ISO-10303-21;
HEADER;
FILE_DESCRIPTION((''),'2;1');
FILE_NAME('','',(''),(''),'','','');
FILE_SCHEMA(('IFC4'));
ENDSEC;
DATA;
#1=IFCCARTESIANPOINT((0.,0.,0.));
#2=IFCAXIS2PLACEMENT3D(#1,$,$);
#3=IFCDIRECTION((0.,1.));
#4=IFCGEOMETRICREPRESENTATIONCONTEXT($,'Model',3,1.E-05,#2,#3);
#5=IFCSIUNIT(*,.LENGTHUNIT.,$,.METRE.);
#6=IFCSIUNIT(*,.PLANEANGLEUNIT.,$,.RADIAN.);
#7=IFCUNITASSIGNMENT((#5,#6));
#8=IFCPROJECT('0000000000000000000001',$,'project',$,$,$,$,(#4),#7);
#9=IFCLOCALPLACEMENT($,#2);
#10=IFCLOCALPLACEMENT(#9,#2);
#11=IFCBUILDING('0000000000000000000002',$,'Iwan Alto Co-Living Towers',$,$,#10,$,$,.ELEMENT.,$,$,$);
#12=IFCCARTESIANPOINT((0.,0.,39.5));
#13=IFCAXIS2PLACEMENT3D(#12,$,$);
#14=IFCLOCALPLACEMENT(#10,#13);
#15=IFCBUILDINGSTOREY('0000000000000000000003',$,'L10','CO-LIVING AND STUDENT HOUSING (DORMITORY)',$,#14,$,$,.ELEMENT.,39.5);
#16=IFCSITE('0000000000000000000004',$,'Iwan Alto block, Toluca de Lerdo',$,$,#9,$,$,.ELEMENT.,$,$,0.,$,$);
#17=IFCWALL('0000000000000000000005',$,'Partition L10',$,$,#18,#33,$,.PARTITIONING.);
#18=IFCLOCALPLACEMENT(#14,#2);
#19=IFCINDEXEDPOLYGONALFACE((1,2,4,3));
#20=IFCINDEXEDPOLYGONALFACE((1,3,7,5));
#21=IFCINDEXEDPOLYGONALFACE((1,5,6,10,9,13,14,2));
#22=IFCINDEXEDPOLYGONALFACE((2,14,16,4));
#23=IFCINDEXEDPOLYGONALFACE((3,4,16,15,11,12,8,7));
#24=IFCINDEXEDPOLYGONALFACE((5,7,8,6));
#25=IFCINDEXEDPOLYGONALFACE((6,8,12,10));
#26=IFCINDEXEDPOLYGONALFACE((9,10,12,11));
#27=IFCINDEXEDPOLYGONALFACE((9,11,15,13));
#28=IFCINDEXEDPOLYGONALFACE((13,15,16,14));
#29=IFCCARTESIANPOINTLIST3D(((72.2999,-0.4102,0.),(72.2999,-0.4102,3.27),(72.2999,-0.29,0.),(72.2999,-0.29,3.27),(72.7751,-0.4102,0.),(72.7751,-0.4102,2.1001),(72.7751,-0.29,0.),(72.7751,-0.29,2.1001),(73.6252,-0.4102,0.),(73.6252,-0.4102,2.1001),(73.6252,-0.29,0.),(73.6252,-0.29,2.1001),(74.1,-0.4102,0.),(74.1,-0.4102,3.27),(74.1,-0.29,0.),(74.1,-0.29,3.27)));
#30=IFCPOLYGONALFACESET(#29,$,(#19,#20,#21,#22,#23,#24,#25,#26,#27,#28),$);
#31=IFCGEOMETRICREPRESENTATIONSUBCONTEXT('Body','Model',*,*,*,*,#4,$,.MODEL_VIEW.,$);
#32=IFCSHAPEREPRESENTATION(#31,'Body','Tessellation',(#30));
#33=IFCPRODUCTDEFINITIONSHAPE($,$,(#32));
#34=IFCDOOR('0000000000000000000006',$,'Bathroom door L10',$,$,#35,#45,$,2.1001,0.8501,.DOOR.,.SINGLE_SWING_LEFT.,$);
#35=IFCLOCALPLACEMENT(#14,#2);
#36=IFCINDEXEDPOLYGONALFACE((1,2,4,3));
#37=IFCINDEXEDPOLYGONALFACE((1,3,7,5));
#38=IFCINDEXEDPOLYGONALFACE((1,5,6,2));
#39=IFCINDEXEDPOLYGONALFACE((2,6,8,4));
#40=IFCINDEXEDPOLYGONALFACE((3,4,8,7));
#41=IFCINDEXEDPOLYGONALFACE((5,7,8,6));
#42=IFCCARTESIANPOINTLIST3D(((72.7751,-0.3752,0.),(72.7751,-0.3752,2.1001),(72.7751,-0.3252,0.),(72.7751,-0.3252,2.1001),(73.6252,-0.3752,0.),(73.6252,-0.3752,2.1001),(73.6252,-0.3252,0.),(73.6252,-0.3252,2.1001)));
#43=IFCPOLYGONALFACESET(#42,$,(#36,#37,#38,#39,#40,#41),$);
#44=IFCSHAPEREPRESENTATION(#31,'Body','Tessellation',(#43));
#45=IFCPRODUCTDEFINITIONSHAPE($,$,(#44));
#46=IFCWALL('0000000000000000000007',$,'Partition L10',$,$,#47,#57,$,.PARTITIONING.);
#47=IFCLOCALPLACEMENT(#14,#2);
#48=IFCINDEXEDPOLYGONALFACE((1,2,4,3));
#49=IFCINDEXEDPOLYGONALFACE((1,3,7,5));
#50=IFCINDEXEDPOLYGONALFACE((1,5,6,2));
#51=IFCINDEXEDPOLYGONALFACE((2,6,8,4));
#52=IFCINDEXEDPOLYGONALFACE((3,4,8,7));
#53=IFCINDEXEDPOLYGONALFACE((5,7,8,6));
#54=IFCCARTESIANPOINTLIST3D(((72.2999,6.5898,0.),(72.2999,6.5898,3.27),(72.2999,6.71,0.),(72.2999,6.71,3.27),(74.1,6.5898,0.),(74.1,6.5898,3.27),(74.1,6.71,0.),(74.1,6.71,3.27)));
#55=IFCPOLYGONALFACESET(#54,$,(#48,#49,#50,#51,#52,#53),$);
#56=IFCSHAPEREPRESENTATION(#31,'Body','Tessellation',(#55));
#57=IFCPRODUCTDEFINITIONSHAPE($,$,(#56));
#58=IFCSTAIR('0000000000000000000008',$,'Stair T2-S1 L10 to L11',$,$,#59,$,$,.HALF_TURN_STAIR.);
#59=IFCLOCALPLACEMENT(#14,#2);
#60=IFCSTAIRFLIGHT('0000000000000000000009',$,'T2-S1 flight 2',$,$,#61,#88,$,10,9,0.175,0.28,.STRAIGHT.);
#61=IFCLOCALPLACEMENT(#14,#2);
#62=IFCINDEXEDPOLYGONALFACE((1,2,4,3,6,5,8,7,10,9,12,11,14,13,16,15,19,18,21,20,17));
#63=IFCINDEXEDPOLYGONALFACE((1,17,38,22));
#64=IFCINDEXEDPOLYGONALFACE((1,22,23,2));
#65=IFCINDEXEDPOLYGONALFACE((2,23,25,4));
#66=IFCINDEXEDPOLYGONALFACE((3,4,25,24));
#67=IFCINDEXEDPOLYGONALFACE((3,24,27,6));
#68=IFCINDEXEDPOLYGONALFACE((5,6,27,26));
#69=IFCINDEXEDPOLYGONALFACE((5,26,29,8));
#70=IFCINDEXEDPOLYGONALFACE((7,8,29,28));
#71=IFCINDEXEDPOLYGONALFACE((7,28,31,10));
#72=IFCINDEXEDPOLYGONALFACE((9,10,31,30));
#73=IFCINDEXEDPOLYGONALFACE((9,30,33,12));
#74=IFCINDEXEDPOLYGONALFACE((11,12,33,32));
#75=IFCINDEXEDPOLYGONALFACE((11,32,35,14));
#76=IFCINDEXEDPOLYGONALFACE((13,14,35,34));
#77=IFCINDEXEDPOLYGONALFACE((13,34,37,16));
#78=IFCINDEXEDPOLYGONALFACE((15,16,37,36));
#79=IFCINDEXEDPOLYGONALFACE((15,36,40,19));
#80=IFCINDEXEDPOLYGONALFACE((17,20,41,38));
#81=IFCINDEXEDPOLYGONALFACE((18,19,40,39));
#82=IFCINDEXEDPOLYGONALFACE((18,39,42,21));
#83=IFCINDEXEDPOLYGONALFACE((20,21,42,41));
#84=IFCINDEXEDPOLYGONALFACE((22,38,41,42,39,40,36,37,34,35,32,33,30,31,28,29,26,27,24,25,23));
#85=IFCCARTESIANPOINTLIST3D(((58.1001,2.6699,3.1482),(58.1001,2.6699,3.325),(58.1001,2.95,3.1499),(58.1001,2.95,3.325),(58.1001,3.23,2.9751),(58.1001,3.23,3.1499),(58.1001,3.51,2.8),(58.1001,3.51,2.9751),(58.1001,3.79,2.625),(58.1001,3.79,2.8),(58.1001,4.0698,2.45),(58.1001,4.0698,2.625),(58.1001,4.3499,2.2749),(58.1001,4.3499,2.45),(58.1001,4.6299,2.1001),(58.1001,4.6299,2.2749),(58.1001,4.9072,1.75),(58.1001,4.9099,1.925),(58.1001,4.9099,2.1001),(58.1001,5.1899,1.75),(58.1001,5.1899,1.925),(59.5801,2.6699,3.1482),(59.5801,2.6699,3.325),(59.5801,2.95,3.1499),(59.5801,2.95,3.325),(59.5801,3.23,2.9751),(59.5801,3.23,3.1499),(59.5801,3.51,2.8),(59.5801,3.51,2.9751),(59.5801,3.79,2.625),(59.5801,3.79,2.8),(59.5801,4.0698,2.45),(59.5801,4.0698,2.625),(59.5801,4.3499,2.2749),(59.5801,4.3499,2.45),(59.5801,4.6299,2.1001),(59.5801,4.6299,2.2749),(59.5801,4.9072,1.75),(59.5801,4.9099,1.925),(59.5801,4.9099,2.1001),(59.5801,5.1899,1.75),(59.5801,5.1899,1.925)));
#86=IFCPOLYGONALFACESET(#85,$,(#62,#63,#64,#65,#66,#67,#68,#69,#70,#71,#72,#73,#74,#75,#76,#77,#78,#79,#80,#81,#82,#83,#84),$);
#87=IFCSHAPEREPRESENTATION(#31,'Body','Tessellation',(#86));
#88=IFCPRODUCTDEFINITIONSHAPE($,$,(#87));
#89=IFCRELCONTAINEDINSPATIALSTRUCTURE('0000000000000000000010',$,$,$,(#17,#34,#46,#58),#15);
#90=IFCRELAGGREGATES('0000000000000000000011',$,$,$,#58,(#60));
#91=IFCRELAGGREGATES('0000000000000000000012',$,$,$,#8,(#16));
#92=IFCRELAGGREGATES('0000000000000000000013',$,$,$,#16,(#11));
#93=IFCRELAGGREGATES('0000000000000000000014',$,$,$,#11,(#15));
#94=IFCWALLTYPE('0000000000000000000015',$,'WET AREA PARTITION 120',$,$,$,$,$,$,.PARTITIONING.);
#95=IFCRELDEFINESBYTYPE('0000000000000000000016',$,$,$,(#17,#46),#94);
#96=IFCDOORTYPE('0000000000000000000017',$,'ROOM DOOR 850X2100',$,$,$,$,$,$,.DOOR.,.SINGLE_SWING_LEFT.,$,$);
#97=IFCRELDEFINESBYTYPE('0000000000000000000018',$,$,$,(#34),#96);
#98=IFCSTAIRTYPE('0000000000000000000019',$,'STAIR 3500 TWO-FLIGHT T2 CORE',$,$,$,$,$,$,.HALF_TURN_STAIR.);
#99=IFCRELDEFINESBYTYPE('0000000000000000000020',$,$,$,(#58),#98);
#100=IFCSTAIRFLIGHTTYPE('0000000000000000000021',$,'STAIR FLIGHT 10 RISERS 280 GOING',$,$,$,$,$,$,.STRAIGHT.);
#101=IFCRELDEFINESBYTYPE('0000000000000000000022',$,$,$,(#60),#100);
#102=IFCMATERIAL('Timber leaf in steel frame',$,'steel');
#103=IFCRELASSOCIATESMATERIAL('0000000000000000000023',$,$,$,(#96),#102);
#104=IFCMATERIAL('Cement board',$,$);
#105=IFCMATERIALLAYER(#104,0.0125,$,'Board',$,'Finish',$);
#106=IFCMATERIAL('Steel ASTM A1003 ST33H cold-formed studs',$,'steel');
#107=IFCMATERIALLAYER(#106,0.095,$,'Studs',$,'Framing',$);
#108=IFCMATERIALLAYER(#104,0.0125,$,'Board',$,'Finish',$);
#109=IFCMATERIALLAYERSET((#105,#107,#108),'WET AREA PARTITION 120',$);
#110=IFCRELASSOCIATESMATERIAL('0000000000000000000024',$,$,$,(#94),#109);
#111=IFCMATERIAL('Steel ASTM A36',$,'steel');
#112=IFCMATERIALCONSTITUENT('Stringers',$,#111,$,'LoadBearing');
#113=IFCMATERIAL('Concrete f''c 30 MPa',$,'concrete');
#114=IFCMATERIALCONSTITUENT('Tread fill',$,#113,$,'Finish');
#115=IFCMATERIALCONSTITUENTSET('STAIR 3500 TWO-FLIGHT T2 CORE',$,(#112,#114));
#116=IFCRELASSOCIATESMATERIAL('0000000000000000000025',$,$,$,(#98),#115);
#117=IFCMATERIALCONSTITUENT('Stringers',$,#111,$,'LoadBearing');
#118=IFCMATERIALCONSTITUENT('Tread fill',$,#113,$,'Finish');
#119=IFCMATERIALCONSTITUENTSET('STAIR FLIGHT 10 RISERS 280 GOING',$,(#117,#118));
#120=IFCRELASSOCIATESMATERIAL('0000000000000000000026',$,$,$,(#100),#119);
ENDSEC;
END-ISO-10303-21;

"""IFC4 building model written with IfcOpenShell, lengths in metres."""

from ifc_helpers import new_model, si_unit, direction, frame, frame_2d, origin, place, context, subcontext, project, spatial, polyline, rectangle, outline, extrude, material, layer, layer_set, constituent, constituent_set, type_object, element, fill, aggregate, save


model = new_model("IFC4")

# Units and contexts
model_context = context("Model", 3, precision=1e-05, world=origin(), true_north=direction((0.0, 1.0)))
body_context = subcontext(model_context, "Body", "Model", "MODEL_VIEW")
ifc_project = project(units=[si_unit("LENGTHUNIT", "METRE"), si_unit("PLANEANGLEUNIT", "RADIAN")], contexts=[model_context])

# Site, building, storey
site_placement = place(None, origin())
site = spatial("IfcSite", under=ifc_project, at=site_placement, Name="Iwan Alto block, Toluca de Lerdo", CompositionType="ELEMENT", RefElevation=0.0)
building_placement = place(site_placement, origin())
building = spatial("IfcBuilding", under=site, at=building_placement, Name="Iwan Alto Co-Living Towers", CompositionType="ELEMENT")
storey_placement = place(building_placement, frame((0.0, 0.0, 39.5)))
storey = spatial("IfcBuildingStorey", under=building, at=storey_placement, Name="L10", Description="CO-LIVING AND STUDENT HOUSING (DORMITORY)", CompositionType="ELEMENT", Elevation=39.5)

# Shared definitions
ifc_material_1 = material(Name="Steel ASTM A1003 ST33H cold-formed studs", Category="steel")
ifc_material_2 = material(Name="Timber leaf in steel frame", Category="steel")
door_type_1 = type_object("IfcDoorType", Name="ROOM DOOR 850X2100", OperationType="SINGLE_SWING_LEFT", PredefinedType="DOOR", material=ifc_material_2)

# Wall, opening, door
ifc_material_3 = material(Name="Cement board")
ifc_layer_1 = layer(ifc_material_3, 0.0125, Name="Board", Category="Finish")
ifc_layer_2 = layer(ifc_material_1, 0.095, Name="Studs", Category="Framing")
ifc_layer_3 = layer(ifc_material_3, 0.0125, Name="Board", Category="Finish")
ifc_layer_set_1 = layer_set([ifc_layer_1, ifc_layer_2, ifc_layer_3], Name="WET AREA PARTITION 120")
wall_type_1 = type_object("IfcWallType", Name="WET AREA PARTITION 120", PredefinedType="PARTITIONING", material=ifc_layer_set_1)
wall_1_placement = place(storey_placement, frame((72.3, -0.3501, 0.0), z_axis=(0.0, 0.0, 1.0), x_axis=(1.0, 0.0, 0.0)))
wall_1 = element("IfcWall", 1, at=wall_1_placement, inside=storey, type_object=wall_type_1, Name="Partition L10", PredefinedType="PARTITIONING", context=body_context, shape_type="SweptSolid", body=[
    extrude(rectangle(XDim=1.8, YDim=0.1201, at=frame_2d((0.8999, 0.0))), origin(), (0.0, 0.0, 1.0), 3.27),
])
opening_1_placement = place(wall_1_placement, frame((0.4751, 0.0, 0.0)))
opening_1 = element("IfcOpeningElement", 2, at=opening_1_placement, cuts=wall_1, PredefinedType="OPENING", context=body_context, shape_type="SweptSolid", body=[
    extrude(rectangle(XDim=0.8501, YDim=2.1001, at=frame_2d((0.425, 1.05))), frame((0.0, 0.0701, 0.0), z_axis=(0.0, -1.0, 0.0), x_axis=(1.0, 0.0, 0.0)), (0.0, 0.0, 1.0), 0.1401),
])
door_1_placement = place(opening_1_placement, origin())
door_1 = element("IfcDoor", 3, at=door_1_placement, inside=storey, type_object=door_type_1, Name="Bathroom door L10", OperationType="SINGLE_SWING_LEFT", OverallHeight=2.1001, OverallWidth=0.8501, PredefinedType="DOOR", context=body_context, shape_type="SweptSolid", body=[
    extrude(rectangle(XDim=0.8501, YDim=2.1001, at=frame_2d((0.425, 1.05))), frame((0.0, 0.0249, 0.0), z_axis=(0.0, -1.0, 0.0), x_axis=(1.0, 0.0, 0.0)), (0.0, 0.0, 1.0), 0.05),
])
fill(opening_1, door_1)

# Wall
wall_2_placement = place(storey_placement, frame((72.3, 6.6499, 0.0), z_axis=(0.0, 0.0, 1.0), x_axis=(1.0, 0.0, 0.0)))
element("IfcWall", 4, at=wall_2_placement, inside=storey, type_object=wall_type_1, Name="Partition L10", PredefinedType="PARTITIONING", context=body_context, shape_type="SweptSolid", body=[
    extrude(rectangle(XDim=1.8, YDim=0.1201, at=frame_2d((0.8999, 0.0))), origin(), (0.0, 0.0, 1.0), 3.27),
])

# Stair, stair flight
ifc_material_4 = material(Name="Steel ASTM A36", Category="steel")
ifc_constituent_1 = constituent(ifc_material_4, Name="Stringers", Category="LoadBearing")
ifc_material_5 = material(Name="Concrete f'c 30 MPa", Category="concrete")
ifc_constituent_2 = constituent(ifc_material_5, Name="Tread fill", Category="Finish")
ifc_constituent_set_1 = constituent_set(constituents=[ifc_constituent_1, ifc_constituent_2], Name="STAIR 3500 TWO-FLIGHT T2 CORE")
stair_type = type_object("IfcStairType", Name="STAIR 3500 TWO-FLIGHT T2 CORE", PredefinedType="HALF_TURN_STAIR", material=ifc_constituent_set_1)
stair_placement = place(storey_placement, origin())
stair = element("IfcStair", 5, at=stair_placement, inside=storey, type_object=stair_type, Name="Stair T2-S1 L10 to L11", PredefinedType="HALF_TURN_STAIR")
ifc_constituent_3 = constituent(ifc_material_4, Name="Stringers", Category="LoadBearing")
ifc_constituent_4 = constituent(ifc_material_5, Name="Tread fill", Category="Finish")
ifc_constituent_set_2 = constituent_set(constituents=[ifc_constituent_3, ifc_constituent_4], Name="STAIR FLIGHT 10 RISERS 280 GOING")
stair_flight_type = type_object("IfcStairFlightType", Name="STAIR FLIGHT 10 RISERS 280 GOING", PredefinedType="STRAIGHT", material=ifc_constituent_set_2)
stair_flight_placement = place(storey_placement, frame((58.8401, 5.1899, 1.75), z_axis=(0.0, 0.0, 1.0), x_axis=(0.0, -1.0, 0.0)))
stair_flight = element("IfcStairFlight", 6, at=stair_flight_placement, type_object=stair_flight_type, Name="T2-S1 flight 2", NumberOfRisers=10, NumberOfTreads=9, PredefinedType="STRAIGHT", RiserHeight=0.175, TreadLength=0.28, context=body_context, shape_type="SweptSolid", body=[
    extrude(outline(polyline([(0.0, 0.0), (0.0, 0.175), (0.28, 0.175), (0.28, 0.3501), (0.5601, 0.3501), (0.5601, 0.5249), (0.8401, 0.5249), (0.8401, 0.7), (1.1201, 0.7), (1.1201, 0.875), (1.3999, 0.875), (1.3999, 1.05), (1.6799, 1.05), (1.6799, 1.2251), (1.96, 1.2251), (1.96, 1.3999), (2.24, 1.3999), (2.24, 1.575), (2.52, 1.575), (2.52, 1.75), (2.52, 1.3982), (0.2827, 0.0), (0.0, 0.0)])), frame((0.0, 0.74, 0.0), z_axis=(0.0, -1.0, 0.0), x_axis=(1.0, 0.0, 0.0)), (0.0, 0.0, 1.0), 1.48),
])
aggregate(stair, [stair_flight])

save(model, "model.ifc")
